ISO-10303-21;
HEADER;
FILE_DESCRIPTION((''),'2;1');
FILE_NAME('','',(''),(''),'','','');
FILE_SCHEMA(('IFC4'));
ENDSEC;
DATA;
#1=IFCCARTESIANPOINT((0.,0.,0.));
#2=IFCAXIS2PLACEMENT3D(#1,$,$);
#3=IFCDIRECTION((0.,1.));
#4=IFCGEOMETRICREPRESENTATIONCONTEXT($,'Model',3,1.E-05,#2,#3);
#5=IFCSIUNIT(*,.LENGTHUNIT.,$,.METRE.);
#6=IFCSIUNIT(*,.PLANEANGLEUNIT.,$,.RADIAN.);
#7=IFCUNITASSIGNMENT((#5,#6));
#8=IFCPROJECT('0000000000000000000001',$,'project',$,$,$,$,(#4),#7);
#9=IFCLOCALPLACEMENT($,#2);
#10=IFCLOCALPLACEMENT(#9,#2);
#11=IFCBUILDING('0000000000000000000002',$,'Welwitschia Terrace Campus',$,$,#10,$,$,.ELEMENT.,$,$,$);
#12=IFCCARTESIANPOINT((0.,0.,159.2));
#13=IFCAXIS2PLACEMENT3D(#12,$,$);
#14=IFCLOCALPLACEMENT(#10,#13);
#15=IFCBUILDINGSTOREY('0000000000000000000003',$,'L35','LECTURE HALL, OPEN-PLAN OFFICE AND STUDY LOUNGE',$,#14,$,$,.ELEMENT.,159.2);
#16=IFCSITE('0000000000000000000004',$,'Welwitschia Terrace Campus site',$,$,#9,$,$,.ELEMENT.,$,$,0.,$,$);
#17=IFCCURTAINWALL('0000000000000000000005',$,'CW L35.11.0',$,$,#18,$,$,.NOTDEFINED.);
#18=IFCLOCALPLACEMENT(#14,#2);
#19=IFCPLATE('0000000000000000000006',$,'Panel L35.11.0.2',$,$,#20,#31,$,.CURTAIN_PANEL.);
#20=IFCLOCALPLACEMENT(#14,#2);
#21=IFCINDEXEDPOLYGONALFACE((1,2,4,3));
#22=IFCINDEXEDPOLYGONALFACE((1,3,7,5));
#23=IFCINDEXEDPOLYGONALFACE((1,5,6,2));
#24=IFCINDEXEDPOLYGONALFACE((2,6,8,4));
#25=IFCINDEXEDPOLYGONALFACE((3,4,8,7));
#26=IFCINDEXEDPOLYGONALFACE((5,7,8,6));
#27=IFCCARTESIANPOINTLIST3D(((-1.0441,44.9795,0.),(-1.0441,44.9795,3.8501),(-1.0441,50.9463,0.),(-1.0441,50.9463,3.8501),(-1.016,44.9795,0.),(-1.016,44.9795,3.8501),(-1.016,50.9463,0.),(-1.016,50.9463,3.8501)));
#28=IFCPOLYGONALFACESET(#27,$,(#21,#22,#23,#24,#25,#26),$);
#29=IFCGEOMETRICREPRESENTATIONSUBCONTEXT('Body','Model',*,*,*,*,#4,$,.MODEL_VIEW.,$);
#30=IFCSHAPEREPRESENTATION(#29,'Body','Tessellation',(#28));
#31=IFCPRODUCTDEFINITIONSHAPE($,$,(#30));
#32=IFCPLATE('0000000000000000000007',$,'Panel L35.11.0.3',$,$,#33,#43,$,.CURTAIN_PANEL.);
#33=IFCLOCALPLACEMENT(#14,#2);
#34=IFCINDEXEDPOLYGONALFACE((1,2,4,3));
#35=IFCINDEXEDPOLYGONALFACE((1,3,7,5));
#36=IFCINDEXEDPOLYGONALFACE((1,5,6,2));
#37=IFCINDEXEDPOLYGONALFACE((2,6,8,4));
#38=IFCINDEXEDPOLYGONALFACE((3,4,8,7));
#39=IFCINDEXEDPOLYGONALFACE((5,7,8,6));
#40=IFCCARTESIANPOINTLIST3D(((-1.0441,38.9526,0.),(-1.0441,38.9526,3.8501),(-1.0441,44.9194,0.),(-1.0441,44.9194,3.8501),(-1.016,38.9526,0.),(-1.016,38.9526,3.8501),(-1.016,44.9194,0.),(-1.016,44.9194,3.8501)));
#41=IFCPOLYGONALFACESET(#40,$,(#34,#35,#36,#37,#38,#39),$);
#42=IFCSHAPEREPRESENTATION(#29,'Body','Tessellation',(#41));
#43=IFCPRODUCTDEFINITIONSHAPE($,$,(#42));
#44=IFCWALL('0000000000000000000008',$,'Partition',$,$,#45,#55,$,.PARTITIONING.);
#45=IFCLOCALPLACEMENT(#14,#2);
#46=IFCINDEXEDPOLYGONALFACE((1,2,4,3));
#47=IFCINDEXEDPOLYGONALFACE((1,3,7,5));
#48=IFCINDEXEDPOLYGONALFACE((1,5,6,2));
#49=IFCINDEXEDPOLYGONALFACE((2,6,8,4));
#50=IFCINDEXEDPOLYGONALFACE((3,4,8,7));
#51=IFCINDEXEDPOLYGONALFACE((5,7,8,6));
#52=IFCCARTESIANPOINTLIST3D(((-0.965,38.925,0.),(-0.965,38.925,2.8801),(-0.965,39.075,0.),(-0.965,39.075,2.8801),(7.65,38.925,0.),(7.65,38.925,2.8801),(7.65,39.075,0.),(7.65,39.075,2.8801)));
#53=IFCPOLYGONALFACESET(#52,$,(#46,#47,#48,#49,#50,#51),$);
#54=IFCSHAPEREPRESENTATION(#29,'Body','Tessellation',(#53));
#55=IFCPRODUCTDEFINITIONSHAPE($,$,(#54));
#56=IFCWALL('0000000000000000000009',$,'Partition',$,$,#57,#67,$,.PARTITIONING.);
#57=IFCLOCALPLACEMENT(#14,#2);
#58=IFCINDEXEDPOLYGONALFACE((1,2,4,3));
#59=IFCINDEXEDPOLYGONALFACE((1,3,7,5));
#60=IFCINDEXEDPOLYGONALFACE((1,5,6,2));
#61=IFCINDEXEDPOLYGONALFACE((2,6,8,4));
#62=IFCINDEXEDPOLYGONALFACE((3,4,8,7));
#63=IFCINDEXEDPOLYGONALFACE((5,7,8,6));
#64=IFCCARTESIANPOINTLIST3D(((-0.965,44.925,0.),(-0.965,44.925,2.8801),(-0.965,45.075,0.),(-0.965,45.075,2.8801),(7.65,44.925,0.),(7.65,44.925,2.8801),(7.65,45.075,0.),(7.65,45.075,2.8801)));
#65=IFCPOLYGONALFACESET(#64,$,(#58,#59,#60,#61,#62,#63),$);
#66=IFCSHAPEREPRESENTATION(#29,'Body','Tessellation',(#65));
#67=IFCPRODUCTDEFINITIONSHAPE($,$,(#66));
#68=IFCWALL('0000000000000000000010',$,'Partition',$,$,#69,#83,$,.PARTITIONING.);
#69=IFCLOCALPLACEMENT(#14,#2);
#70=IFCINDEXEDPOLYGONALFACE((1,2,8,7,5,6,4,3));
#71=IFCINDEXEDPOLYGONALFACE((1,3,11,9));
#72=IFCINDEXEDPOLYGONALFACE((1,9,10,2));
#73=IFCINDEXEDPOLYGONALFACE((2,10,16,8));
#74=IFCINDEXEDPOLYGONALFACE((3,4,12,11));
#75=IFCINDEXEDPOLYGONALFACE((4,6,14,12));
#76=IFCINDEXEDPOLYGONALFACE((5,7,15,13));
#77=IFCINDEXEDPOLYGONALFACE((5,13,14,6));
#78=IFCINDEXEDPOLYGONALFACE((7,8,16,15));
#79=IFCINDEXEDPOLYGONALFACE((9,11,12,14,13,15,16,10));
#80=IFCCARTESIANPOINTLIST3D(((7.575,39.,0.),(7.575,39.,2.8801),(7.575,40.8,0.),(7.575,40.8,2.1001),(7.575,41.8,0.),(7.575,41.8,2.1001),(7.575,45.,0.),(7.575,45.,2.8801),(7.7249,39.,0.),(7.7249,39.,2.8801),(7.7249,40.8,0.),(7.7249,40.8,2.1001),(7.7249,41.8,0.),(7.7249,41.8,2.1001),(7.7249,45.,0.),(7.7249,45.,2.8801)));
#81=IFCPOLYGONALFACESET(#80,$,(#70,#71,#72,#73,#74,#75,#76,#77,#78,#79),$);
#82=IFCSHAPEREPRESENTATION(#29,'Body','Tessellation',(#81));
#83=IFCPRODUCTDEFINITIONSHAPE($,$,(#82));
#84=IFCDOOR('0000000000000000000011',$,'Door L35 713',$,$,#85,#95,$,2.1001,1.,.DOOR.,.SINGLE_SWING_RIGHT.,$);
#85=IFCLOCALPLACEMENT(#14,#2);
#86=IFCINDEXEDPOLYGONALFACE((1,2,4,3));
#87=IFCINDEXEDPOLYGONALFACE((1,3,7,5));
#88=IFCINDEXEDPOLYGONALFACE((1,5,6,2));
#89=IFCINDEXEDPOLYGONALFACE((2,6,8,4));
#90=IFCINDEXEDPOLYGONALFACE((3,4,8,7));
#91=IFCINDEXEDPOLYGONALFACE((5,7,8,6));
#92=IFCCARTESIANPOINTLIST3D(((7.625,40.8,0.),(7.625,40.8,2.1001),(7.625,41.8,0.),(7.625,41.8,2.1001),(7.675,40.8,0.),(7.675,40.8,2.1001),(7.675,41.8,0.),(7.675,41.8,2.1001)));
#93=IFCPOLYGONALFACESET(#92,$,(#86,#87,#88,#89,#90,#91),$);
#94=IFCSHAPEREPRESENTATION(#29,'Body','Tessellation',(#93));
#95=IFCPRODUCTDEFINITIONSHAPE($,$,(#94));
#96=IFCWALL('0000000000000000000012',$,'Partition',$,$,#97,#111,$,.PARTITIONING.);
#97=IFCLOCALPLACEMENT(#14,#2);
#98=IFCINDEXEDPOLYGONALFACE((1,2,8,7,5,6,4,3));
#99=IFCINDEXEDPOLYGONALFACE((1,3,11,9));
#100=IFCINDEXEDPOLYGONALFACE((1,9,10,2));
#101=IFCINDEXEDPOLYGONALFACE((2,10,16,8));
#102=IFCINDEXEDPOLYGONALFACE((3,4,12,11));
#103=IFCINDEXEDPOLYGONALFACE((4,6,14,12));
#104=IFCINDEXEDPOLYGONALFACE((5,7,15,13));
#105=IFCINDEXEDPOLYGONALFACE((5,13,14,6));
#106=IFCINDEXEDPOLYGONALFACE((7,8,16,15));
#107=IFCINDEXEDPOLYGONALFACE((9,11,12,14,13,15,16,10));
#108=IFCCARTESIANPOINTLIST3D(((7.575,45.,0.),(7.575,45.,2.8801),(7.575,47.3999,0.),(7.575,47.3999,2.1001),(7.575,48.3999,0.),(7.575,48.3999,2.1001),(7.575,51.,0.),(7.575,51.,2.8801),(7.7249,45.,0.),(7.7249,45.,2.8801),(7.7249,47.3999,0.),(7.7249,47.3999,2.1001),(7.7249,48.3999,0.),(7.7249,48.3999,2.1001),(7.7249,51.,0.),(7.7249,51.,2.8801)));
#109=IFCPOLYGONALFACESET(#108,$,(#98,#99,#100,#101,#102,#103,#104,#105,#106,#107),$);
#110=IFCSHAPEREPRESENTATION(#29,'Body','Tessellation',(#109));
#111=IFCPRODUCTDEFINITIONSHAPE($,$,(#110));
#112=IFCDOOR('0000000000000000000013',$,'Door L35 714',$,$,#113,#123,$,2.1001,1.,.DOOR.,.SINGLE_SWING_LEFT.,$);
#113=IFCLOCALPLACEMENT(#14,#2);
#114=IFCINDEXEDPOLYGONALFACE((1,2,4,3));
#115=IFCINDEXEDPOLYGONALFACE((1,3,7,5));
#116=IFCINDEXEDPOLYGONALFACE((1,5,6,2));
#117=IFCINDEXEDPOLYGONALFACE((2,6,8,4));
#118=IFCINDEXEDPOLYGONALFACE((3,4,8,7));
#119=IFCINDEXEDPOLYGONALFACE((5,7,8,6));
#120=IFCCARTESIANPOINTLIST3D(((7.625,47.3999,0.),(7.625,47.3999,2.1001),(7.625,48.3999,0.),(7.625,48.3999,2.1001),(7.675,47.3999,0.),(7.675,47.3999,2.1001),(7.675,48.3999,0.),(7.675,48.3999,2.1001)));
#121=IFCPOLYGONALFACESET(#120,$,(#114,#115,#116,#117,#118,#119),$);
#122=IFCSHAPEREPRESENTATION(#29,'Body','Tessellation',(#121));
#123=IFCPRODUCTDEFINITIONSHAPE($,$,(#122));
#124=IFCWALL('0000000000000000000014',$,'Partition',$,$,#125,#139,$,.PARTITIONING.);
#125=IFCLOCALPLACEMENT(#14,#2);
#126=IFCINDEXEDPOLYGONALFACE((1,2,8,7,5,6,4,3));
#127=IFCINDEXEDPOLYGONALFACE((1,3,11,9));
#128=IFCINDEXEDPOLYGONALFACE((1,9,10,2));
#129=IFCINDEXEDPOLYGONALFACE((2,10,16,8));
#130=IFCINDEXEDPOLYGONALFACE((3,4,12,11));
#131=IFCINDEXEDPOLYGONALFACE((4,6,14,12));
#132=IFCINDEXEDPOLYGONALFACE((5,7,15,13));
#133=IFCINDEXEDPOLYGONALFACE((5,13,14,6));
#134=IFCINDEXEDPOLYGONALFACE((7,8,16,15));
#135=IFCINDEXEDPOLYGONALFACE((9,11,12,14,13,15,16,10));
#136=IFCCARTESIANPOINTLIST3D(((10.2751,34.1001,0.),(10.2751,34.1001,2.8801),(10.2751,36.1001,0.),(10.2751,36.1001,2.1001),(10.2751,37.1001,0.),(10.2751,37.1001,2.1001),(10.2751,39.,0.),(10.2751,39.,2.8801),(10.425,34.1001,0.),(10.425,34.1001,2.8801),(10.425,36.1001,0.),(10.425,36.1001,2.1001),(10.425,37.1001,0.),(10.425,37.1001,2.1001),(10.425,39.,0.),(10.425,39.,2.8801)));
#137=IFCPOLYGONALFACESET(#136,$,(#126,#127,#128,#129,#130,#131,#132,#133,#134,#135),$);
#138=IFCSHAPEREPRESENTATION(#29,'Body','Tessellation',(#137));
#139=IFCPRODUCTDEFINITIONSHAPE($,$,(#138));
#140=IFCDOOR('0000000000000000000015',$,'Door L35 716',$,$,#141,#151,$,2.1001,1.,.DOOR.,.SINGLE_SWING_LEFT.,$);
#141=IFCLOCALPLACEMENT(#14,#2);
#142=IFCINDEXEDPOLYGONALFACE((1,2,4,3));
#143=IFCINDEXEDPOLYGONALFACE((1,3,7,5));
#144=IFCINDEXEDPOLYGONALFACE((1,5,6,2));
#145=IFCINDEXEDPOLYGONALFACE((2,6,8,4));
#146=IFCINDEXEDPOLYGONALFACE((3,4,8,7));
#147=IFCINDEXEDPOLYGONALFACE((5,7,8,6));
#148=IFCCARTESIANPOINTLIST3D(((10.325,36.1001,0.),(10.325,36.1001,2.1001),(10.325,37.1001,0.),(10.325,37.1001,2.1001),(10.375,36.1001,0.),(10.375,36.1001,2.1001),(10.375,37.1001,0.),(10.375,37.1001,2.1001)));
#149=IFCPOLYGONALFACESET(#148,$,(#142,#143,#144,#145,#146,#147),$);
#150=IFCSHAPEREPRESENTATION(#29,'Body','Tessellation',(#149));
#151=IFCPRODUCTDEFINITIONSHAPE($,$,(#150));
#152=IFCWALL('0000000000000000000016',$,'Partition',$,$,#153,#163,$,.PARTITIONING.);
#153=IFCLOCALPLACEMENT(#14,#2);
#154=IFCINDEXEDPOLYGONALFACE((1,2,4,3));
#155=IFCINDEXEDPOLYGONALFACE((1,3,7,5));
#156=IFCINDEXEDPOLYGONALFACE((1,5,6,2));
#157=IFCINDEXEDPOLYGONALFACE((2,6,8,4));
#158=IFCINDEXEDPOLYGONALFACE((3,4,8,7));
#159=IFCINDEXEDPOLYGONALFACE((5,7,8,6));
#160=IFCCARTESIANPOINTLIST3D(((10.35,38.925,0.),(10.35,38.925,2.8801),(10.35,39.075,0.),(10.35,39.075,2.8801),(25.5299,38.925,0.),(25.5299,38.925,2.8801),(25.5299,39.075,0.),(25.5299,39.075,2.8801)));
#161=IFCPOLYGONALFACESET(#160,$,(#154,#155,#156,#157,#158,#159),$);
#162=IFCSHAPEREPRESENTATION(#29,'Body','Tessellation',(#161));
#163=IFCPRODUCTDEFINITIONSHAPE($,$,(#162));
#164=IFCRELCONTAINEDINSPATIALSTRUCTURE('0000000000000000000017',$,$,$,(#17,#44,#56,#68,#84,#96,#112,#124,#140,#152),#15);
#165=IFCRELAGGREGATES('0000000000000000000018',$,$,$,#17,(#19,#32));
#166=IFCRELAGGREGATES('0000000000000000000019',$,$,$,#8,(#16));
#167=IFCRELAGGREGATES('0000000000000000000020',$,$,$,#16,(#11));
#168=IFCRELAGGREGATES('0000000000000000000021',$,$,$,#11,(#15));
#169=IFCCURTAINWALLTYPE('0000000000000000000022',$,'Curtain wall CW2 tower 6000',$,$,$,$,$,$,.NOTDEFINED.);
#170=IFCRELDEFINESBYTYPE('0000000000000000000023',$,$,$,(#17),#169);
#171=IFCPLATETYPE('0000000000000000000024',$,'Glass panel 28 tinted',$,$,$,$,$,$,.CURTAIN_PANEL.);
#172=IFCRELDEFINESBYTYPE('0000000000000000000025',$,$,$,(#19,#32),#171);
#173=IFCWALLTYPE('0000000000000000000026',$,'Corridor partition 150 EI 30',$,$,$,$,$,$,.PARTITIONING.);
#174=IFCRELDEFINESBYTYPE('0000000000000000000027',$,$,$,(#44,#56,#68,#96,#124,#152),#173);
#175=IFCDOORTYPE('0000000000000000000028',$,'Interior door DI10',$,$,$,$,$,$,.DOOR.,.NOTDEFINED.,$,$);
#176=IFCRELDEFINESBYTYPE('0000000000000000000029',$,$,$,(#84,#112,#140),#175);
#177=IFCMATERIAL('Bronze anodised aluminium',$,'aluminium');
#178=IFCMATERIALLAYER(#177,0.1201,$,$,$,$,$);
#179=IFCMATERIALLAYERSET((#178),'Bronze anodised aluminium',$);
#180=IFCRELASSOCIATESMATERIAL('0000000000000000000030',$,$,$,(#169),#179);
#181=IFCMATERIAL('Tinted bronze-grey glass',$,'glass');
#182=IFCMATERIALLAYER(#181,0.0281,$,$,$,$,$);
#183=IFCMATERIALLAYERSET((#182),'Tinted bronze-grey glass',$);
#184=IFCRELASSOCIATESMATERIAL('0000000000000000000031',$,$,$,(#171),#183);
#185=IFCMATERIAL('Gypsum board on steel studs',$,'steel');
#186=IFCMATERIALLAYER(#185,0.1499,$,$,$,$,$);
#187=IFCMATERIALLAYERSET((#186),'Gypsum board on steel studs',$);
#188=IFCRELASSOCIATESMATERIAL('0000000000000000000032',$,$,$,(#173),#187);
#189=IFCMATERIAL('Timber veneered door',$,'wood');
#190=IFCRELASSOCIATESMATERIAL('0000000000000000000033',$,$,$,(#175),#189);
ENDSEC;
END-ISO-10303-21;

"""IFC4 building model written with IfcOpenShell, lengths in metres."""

from ifc_helpers import new_model, si_unit, direction, frame, frame_2d, origin, origin_2d, place, context, subcontext, project, spatial, rectangle, extrude, material, layer, layer_set, type_object, element, fill, aggregate, save


model = new_model("IFC4")

# Units and contexts
model_context = context("Model", 3, precision=1e-05, world=origin(), true_north=direction((0.0, 1.0)))
body_context = subcontext(model_context, "Body", "Model", "MODEL_VIEW")
ifc_project = project(units=[si_unit("LENGTHUNIT", "METRE"), si_unit("PLANEANGLEUNIT", "RADIAN")], contexts=[model_context])

# Site, building, storey
site_placement = place(None, origin())
site = spatial("IfcSite", under=ifc_project, at=site_placement, Name="Welwitschia Terrace Campus site", CompositionType="ELEMENT", RefElevation=0.0)
building_placement = place(site_placement, origin())
building = spatial("IfcBuilding", under=site, at=building_placement, Name="Welwitschia Terrace Campus", CompositionType="ELEMENT")
storey_placement = place(building_placement, frame((0.0, 0.0, 159.2)))
storey = spatial("IfcBuildingStorey", under=building, at=storey_placement, Name="L35", Description="LECTURE HALL, OPEN-PLAN OFFICE AND STUDY LOUNGE", CompositionType="ELEMENT", Elevation=159.2)

# Curtain wall
ifc_material_1 = material(Name="Bronze anodised aluminium", Category="aluminium")
ifc_layer_1 = layer(ifc_material_1, 0.1201)
ifc_layer_set_1 = layer_set([ifc_layer_1], Name="Bronze anodised aluminium")
curtain_wall_type = type_object("IfcCurtainWallType", Name="Curtain wall CW2 tower 6000", PredefinedType="NOTDEFINED", material=ifc_layer_set_1)
curtain_wall_placement = place(storey_placement, origin())
curtain_wall = element("IfcCurtainWall", 1, at=curtain_wall_placement, inside=storey, type_object=curtain_wall_type, Name="CW L35.11.0", PredefinedType="NOTDEFINED")

# Plates
ifc_material_2 = material(Name="Tinted bronze-grey glass", Category="glass")
ifc_layer_2 = layer(ifc_material_2, 0.0281)
ifc_layer_set_2 = layer_set([ifc_layer_2], Name="Tinted bronze-grey glass")
plate_type = type_object("IfcPlateType", Name="Glass panel 28 tinted", PredefinedType="CURTAIN_PANEL", material=ifc_layer_set_2)
plate_1_placement = place(storey_placement, frame((-1.03, 47.9629, 0.0), z_axis=(0.0, 0.0, 1.0), x_axis=(0.0, -1.0, 0.0)))
plate_1 = element("IfcPlate", 2, at=plate_1_placement, type_object=plate_type, Name="Panel L35.11.0.2", PredefinedType="CURTAIN_PANEL", context=body_context, shape_type="SweptSolid", body=[
    extrude(rectangle(XDim=5.9668, YDim=0.0281, at=origin_2d()), origin(), (0.0, 0.0, 1.0), 3.8501),
])
plate_2_placement = place(storey_placement, frame((-1.03, 41.936, 0.0), z_axis=(0.0, 0.0, 1.0), x_axis=(0.0, -1.0, 0.0)))
plate_2 = element("IfcPlate", 3, at=plate_2_placement, type_object=plate_type, Name="Panel L35.11.0.3", PredefinedType="CURTAIN_PANEL", context=body_context, shape_type="SweptSolid", body=[
    extrude(rectangle(XDim=5.9668, YDim=0.0281, at=origin_2d()), origin(), (0.0, 0.0, 1.0), 3.8501),
])
aggregate(curtain_wall, [plate_1, plate_2])

# Walls
ifc_material_3 = material(Name="Gypsum board on steel studs", Category="steel")
ifc_layer_3 = layer(ifc_material_3, 0.1499)
ifc_layer_set_3 = layer_set([ifc_layer_3], Name="Gypsum board on steel studs")
wall_type = type_object("IfcWallType", Name="Corridor partition 150 EI 30", PredefinedType="PARTITIONING", material=ifc_layer_set_3)
for number, where, z_axis, x_axis, name in (
    (4, (-0.9651, 39.0, 0.0), (0.0, 0.0, 1.0), (1.0, 0.0, 0.0), "Partition"),
    (5, (-0.9651, 45.0, 0.0), (0.0, 0.0, 1.0), (1.0, 0.0, 0.0), "Partition"),
):
    element("IfcWall", number, at=place(storey_placement, frame(where, z_axis=z_axis, x_axis=x_axis)), inside=storey, type_object=wall_type, Name=name, PredefinedType="PARTITIONING", context=body_context, shape_type="SweptSolid", body=[
        extrude(rectangle(XDim=8.615, YDim=0.1499, at=frame_2d((4.3076, 0.0))), origin(), (0.0, 0.0, 1.0), 2.8801),
    ])

# Walls, openings, doors
wall_1_placement = place(storey_placement, frame((7.6499, 39.0, 0.0), z_axis=(0.0, 0.0, 1.0), x_axis=(0.0, 1.0, 0.0)))
wall_1 = element("IfcWall", 6, at=wall_1_placement, inside=storey, type_object=wall_type, Name="Partition", PredefinedType="PARTITIONING", context=body_context, shape_type="SweptSolid", body=[
    extrude(rectangle(XDim=6.0, YDim=0.1499, at=frame_2d((3.0, 0.0))), origin(), (0.0, 0.0, 1.0), 2.8801),
])
opening_1_placement = place(wall_1_placement, frame((1.8, 0.0, 0.0)))
opening_1 = element("IfcOpeningElement", 7, at=opening_1_placement, cuts=wall_1, PredefinedType="OPENING", context=body_context, shape_type="SweptSolid", body=[
    extrude(rectangle(XDim=1.0, YDim=2.1001, at=frame_2d((0.5, 1.05))), frame((0.0, 0.085, 0.0), z_axis=(0.0, -1.0, 0.0), x_axis=(1.0, 0.0, 0.0)), (0.0, 0.0, 1.0), 0.1699),
])
ifc_material_4 = material(Name="Timber veneered door", Category="wood")
door_type = type_object("IfcDoorType", Name="Interior door DI10", OperationType="NOTDEFINED", PredefinedType="DOOR", material=ifc_material_4)
door_1_placement = place(opening_1_placement, origin())
door_1 = element("IfcDoor", 8, at=door_1_placement, inside=storey, type_object=door_type, Name="Door L35 713", OperationType="SINGLE_SWING_RIGHT", OverallHeight=2.1001, OverallWidth=1.0, PredefinedType="DOOR", context=body_context, shape_type="SweptSolid", body=[
    extrude(rectangle(XDim=1.0, YDim=2.1001, at=frame_2d((0.5, 1.05))), frame((0.0, 0.0249, 0.0), z_axis=(0.0, -1.0, 0.0), x_axis=(1.0, 0.0, 0.0)), (0.0, 0.0, 1.0), 0.05),
])
fill(opening_1, door_1)
wall_2_placement = place(storey_placement, frame((7.6499, 45.0, 0.0), z_axis=(0.0, 0.0, 1.0), x_axis=(0.0, 1.0, 0.0)))
wall_2 = element("IfcWall", 9, at=wall_2_placement, inside=storey, type_object=wall_type, Name="Partition", PredefinedType="PARTITIONING", context=body_context, shape_type="SweptSolid", body=[
    extrude(rectangle(XDim=6.0, YDim=0.1499, at=frame_2d((3.0, 0.0))), origin(), (0.0, 0.0, 1.0), 2.8801),
])
opening_2_placement = place(wall_2_placement, frame((2.3999, 0.0, 0.0)))
opening_2 = element("IfcOpeningElement", 10, at=opening_2_placement, cuts=wall_2, PredefinedType="OPENING", context=body_context, shape_type="SweptSolid", body=[
    extrude(rectangle(XDim=1.0, YDim=2.1001, at=frame_2d((0.5, 1.05))), frame((0.0, 0.085, 0.0), z_axis=(0.0, -1.0, 0.0), x_axis=(1.0, 0.0, 0.0)), (0.0, 0.0, 1.0), 0.1699),
])
door_2_placement = place(opening_2_placement, origin())
door_2 = element("IfcDoor", 11, at=door_2_placement, inside=storey, type_object=door_type, Name="Door L35 714", OperationType="SINGLE_SWING_LEFT", OverallHeight=2.1001, OverallWidth=1.0, PredefinedType="DOOR", context=body_context, shape_type="SweptSolid", body=[
    extrude(rectangle(XDim=1.0, YDim=2.1001, at=frame_2d((0.5, 1.05))), frame((0.0, 0.0249, 0.0), z_axis=(0.0, -1.0, 0.0), x_axis=(1.0, 0.0, 0.0)), (0.0, 0.0, 1.0), 0.05),
])
fill(opening_2, door_2)
wall_3_placement = place(storey_placement, frame((10.3501, 39.0, 0.0), z_axis=(0.0, 0.0, 1.0), x_axis=(0.0, -1.0, 0.0)))
wall_3 = element("IfcWall", 12, at=wall_3_placement, inside=storey, type_object=wall_type, Name="Partition", PredefinedType="PARTITIONING", context=body_context, shape_type="SweptSolid", body=[
    extrude(rectangle(XDim=4.8999, YDim=0.1499, at=frame_2d((2.45, 0.0))), origin(), (0.0, 0.0, 1.0), 2.8801),
])
opening_3_placement = place(wall_3_placement, frame((1.8999, 0.0, 0.0)))
opening_3 = element("IfcOpeningElement", 13, at=opening_3_placement, cuts=wall_3, PredefinedType="OPENING", context=body_context, shape_type="SweptSolid", body=[
    extrude(rectangle(XDim=1.0, YDim=2.1001, at=frame_2d((0.5, 1.05))), frame((0.0, 0.085, 0.0), z_axis=(0.0, -1.0, 0.0), x_axis=(1.0, 0.0, 0.0)), (0.0, 0.0, 1.0), 0.1699),
])
door_3_placement = place(opening_3_placement, origin())
door_3 = element("IfcDoor", 14, at=door_3_placement, inside=storey, type_object=door_type, Name="Door L35 716", OperationType="SINGLE_SWING_LEFT", OverallHeight=2.1001, OverallWidth=1.0, PredefinedType="DOOR", context=body_context, shape_type="SweptSolid", body=[
    extrude(rectangle(XDim=1.0, YDim=2.1001, at=frame_2d((0.5, 1.05))), frame((0.0, 0.0249, 0.0), z_axis=(0.0, -1.0, 0.0), x_axis=(1.0, 0.0, 0.0)), (0.0, 0.0, 1.0), 0.05),
])
fill(opening_3, door_3)

# Wall
wall_4_placement = place(storey_placement, frame((10.3501, 39.0, 0.0), z_axis=(0.0, 0.0, 1.0), x_axis=(1.0, 0.0, 0.0)))
element("IfcWall", 15, at=wall_4_placement, inside=storey, type_object=wall_type, Name="Partition", PredefinedType="PARTITIONING", context=body_context, shape_type="SweptSolid", body=[
    extrude(rectangle(XDim=15.1799, YDim=0.1499, at=frame_2d((7.5898, 0.0))), origin(), (0.0, 0.0, 1.0), 2.8801),
])

save(model, "model.ifc")
